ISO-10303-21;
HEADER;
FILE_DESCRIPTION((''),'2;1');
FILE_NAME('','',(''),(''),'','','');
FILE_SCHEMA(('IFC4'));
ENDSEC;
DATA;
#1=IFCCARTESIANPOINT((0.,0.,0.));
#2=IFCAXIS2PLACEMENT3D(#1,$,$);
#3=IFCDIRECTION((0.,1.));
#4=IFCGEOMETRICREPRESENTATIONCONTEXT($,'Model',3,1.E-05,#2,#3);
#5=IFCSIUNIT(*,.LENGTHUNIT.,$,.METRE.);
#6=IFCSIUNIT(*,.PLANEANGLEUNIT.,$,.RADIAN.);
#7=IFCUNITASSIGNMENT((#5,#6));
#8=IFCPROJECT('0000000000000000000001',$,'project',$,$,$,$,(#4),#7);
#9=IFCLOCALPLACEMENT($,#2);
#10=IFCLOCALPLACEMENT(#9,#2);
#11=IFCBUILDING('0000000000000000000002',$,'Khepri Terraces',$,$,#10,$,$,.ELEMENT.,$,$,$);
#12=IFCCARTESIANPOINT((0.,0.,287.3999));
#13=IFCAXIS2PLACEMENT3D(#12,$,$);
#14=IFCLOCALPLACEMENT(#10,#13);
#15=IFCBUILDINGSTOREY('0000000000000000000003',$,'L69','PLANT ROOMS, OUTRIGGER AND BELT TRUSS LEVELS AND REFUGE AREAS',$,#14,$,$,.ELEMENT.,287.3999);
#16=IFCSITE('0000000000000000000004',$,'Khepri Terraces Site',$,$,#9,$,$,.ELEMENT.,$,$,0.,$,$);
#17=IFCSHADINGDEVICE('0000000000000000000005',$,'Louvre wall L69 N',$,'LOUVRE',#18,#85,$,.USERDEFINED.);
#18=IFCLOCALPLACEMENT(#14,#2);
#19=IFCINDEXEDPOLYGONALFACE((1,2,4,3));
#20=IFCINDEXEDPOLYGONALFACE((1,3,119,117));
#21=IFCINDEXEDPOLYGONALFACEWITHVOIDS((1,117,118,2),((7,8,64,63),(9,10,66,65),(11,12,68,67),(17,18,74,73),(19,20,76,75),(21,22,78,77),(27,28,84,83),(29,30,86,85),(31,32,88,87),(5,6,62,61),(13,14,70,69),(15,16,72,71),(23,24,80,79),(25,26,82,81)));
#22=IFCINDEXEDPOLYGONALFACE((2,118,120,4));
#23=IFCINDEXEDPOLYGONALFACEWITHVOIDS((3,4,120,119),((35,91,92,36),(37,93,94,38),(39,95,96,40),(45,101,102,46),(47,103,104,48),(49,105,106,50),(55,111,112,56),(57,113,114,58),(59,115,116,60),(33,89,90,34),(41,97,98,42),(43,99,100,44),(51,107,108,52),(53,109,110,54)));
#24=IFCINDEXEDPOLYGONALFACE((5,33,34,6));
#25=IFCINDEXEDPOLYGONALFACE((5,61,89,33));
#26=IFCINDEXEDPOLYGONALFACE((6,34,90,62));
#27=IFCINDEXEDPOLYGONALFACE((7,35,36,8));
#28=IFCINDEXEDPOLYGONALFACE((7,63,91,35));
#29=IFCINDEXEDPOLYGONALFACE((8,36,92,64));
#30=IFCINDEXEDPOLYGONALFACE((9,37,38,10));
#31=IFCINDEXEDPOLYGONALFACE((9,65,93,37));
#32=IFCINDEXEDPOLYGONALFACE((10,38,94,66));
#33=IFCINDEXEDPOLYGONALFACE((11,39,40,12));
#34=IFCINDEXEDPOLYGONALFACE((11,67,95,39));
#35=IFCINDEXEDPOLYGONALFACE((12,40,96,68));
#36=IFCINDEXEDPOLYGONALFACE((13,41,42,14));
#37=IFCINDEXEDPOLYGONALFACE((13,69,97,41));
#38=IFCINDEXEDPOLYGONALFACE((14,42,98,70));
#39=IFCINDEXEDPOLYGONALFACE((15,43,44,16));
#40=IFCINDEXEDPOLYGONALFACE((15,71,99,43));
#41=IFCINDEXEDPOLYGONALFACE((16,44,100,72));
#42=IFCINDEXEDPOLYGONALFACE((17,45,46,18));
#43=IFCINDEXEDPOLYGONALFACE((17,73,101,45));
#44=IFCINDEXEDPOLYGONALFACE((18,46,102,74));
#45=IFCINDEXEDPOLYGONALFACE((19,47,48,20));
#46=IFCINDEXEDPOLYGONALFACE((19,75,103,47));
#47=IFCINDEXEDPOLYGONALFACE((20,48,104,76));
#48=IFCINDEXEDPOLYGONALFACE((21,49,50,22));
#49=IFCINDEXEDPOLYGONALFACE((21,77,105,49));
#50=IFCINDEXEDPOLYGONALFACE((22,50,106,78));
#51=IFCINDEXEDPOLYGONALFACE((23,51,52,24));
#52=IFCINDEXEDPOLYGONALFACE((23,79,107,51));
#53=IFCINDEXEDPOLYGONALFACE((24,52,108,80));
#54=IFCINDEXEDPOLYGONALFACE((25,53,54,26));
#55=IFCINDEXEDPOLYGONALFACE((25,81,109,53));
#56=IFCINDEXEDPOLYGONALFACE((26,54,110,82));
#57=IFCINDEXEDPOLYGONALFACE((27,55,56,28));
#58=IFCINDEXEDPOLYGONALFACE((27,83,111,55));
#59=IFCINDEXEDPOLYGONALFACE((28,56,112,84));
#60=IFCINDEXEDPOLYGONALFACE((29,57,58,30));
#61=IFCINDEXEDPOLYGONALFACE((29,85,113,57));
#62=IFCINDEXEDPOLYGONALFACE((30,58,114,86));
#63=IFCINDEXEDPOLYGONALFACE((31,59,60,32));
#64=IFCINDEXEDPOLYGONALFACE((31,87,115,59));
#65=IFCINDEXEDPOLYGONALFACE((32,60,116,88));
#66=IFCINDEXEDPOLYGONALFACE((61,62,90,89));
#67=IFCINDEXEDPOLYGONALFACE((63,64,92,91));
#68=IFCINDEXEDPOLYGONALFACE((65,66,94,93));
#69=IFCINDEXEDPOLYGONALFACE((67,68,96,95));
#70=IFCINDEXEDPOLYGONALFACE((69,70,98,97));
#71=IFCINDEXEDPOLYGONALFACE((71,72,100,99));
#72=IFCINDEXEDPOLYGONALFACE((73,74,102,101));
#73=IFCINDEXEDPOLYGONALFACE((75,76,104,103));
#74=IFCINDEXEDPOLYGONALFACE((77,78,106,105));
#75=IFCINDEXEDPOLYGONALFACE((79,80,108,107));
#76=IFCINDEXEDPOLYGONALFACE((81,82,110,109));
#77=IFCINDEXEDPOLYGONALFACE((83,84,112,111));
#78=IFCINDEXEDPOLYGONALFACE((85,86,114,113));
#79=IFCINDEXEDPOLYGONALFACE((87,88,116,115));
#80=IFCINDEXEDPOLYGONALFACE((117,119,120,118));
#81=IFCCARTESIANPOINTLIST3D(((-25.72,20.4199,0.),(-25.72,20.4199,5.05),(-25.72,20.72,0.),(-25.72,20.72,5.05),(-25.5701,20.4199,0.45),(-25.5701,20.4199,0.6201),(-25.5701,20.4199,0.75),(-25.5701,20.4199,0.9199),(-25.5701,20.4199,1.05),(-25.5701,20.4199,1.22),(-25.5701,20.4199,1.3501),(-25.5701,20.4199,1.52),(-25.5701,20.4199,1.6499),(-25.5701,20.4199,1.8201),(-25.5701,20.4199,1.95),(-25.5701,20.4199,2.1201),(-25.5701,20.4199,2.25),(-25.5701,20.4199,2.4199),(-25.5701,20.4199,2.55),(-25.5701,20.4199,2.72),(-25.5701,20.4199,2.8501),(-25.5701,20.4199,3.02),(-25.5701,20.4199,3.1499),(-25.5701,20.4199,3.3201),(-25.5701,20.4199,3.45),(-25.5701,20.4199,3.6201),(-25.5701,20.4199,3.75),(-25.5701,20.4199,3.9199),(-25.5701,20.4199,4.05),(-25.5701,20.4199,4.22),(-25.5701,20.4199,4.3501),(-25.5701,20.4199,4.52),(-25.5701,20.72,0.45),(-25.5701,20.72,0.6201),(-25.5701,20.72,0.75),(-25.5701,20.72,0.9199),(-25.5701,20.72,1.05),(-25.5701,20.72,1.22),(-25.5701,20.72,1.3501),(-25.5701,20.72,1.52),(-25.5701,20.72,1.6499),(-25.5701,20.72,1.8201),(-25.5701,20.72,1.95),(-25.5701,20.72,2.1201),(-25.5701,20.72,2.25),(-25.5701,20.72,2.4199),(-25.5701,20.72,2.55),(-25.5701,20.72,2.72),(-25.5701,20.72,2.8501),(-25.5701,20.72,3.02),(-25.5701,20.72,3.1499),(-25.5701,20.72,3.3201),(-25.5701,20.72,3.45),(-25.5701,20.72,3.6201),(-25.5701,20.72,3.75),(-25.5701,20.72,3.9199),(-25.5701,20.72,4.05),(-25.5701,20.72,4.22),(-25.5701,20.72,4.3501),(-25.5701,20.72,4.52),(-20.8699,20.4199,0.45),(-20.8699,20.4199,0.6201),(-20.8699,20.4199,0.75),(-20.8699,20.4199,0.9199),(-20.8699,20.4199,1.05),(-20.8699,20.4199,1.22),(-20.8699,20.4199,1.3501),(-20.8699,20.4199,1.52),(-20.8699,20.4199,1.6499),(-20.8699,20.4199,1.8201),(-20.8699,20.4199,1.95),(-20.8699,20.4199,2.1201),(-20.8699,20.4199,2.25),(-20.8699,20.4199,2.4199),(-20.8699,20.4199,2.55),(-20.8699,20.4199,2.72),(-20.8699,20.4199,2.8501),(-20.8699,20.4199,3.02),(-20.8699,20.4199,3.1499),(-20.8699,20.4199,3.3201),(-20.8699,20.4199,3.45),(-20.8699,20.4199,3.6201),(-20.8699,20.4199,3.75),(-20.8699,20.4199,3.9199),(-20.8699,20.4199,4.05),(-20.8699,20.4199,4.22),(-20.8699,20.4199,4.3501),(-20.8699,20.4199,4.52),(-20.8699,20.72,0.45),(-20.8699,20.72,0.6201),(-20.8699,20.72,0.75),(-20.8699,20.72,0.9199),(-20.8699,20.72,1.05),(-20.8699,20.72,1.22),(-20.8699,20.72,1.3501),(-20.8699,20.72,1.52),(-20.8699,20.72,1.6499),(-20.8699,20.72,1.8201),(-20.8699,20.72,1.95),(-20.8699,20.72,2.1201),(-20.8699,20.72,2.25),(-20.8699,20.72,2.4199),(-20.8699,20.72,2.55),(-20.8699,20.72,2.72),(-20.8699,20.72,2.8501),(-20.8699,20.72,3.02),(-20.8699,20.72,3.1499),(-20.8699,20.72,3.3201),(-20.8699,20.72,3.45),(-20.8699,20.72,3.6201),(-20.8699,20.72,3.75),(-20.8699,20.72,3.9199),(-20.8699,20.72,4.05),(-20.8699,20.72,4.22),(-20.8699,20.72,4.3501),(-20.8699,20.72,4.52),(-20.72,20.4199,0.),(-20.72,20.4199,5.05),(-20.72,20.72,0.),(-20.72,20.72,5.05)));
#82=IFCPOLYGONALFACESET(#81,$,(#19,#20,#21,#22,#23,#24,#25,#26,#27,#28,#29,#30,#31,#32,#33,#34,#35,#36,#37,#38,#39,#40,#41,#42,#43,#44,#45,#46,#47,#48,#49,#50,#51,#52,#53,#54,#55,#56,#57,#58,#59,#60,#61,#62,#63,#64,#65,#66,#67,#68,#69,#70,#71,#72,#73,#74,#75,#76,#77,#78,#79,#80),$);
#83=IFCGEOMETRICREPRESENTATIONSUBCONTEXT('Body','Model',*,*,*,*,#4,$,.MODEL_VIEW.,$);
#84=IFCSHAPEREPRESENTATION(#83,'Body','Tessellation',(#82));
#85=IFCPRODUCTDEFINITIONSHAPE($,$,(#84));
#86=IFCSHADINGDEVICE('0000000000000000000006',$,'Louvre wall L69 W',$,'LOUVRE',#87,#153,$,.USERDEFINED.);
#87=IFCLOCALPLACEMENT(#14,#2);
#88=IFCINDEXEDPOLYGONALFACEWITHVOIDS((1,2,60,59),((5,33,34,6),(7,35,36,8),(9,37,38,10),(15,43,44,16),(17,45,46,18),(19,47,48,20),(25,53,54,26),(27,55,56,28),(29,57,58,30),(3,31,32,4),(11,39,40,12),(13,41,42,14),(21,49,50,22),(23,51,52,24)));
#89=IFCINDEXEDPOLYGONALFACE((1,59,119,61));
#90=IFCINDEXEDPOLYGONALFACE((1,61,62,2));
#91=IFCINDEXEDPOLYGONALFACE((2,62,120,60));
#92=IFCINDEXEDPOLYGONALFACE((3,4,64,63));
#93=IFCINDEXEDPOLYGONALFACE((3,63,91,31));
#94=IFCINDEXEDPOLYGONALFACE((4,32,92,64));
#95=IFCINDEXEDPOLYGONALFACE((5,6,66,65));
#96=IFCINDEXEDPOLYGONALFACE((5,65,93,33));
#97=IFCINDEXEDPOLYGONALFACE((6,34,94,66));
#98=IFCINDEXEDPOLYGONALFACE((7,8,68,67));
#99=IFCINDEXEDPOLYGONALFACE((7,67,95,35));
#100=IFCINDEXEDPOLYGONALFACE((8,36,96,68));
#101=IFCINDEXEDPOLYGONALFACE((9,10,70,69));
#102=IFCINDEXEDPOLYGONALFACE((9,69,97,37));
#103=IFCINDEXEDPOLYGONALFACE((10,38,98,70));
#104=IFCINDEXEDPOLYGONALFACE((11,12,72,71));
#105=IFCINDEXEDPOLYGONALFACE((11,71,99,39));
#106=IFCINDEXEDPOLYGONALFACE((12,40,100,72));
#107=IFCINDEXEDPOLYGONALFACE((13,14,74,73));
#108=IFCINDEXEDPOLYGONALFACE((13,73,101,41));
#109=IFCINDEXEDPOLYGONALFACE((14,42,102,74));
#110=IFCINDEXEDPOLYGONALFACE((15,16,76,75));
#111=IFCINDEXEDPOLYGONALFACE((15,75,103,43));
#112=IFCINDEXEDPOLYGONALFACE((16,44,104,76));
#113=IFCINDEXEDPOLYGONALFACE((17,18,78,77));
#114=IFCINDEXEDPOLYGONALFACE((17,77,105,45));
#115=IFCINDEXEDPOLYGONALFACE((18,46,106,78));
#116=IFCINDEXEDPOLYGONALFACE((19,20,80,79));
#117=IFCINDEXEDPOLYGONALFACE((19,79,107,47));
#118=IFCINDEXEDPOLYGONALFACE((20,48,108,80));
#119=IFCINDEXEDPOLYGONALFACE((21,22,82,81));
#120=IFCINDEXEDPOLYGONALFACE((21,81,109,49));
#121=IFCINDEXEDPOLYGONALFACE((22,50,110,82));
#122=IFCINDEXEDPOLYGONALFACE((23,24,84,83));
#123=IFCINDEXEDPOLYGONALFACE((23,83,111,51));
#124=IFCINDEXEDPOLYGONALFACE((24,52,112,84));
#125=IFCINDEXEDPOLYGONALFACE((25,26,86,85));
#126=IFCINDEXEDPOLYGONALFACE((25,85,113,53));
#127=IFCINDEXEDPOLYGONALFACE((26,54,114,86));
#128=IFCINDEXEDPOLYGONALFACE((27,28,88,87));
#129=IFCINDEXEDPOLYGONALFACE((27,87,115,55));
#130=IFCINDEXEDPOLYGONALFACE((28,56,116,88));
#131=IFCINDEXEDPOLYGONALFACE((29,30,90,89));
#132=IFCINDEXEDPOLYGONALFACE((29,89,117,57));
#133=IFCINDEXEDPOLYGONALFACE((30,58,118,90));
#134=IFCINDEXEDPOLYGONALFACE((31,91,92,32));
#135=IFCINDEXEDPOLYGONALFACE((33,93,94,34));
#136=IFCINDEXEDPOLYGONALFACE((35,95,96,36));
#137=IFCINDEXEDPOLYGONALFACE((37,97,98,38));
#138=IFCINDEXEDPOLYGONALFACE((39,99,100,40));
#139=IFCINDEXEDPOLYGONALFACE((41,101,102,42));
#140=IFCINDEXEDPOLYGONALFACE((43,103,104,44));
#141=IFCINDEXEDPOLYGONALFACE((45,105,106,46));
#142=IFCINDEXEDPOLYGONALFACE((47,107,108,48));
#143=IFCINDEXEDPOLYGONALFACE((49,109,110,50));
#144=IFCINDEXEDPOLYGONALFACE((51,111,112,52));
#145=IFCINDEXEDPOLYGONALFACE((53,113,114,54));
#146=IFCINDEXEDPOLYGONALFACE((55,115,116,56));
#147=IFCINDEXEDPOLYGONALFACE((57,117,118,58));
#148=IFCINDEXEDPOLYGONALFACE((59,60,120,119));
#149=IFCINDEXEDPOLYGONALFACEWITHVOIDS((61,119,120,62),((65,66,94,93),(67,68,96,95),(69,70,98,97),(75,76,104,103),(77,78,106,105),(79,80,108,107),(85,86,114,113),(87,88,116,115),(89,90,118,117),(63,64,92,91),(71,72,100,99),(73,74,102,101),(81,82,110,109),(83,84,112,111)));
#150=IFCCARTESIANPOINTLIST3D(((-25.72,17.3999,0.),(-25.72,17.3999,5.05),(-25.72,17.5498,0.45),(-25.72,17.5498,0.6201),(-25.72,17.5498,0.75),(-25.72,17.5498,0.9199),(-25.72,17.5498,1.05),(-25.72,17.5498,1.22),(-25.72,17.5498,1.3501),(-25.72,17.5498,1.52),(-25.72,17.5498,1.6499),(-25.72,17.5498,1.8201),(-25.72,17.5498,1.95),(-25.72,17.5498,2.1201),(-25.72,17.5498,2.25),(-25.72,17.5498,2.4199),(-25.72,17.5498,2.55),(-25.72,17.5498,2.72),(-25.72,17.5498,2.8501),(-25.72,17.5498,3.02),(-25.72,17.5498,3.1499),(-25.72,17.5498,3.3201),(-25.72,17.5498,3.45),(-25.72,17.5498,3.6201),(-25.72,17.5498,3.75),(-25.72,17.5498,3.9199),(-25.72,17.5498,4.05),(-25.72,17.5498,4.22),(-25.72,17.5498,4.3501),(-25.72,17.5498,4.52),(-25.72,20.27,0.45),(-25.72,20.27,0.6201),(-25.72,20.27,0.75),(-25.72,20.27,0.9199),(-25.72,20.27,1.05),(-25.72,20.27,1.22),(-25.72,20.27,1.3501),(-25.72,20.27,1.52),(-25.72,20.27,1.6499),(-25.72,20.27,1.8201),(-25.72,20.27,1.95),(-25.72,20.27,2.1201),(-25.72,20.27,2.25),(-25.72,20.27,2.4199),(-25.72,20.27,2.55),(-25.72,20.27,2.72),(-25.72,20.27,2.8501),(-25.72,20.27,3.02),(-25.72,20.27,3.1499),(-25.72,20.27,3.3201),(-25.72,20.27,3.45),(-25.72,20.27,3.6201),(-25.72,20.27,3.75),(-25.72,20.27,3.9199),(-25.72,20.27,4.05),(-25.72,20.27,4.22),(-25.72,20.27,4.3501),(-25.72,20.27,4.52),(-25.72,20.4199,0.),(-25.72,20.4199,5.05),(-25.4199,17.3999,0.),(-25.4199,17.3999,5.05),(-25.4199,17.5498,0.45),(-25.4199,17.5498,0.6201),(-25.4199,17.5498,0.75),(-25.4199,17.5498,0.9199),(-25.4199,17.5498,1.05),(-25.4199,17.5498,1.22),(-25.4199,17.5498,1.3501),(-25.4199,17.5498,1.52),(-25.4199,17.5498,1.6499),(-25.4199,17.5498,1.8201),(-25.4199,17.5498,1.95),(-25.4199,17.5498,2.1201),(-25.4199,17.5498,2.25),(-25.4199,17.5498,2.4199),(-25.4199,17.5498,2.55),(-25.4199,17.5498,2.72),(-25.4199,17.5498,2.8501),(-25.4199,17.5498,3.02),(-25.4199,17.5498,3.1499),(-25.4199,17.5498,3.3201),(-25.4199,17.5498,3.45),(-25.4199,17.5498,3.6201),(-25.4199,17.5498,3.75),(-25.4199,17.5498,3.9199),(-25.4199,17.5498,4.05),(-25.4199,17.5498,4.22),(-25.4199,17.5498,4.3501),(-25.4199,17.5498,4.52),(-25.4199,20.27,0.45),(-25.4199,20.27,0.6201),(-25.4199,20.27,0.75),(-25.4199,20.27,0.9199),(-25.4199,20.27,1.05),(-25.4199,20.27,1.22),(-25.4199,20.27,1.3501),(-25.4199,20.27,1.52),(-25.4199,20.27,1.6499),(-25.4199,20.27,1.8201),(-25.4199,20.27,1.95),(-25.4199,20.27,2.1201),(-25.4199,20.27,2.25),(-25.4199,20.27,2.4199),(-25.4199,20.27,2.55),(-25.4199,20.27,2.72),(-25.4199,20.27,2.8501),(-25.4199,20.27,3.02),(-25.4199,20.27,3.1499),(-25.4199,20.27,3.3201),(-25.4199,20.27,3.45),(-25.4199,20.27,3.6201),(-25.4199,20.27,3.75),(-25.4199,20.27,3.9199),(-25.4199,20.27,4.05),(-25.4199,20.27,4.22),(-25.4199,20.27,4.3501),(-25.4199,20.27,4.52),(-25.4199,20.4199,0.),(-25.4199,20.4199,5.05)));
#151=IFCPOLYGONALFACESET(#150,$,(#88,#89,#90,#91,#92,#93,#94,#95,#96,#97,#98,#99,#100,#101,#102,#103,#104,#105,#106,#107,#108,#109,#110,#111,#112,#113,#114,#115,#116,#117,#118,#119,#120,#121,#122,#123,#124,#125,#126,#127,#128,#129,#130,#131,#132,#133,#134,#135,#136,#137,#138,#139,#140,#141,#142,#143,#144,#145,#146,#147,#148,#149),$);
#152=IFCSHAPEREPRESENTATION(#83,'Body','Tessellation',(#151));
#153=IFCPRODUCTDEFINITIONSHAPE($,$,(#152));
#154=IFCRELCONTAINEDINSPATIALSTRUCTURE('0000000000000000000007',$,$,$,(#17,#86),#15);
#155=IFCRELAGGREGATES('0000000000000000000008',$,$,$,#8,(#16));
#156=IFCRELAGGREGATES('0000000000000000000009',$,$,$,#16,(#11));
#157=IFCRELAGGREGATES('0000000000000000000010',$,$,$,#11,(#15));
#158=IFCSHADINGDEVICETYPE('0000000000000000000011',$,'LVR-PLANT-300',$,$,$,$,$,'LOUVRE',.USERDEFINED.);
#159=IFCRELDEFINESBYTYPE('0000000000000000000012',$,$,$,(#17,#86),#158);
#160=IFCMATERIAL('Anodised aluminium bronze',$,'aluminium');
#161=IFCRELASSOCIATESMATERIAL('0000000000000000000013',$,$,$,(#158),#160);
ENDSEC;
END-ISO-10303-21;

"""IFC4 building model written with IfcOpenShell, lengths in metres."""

from ifc_helpers import new_model, si_unit, direction, frame, origin, place, context, subcontext, project, spatial, polyline, outline, extrude, material, type_object, element, save


model = new_model("IFC4")

# Units and contexts
model_context = context("Model", 3, precision=1e-05, world=origin(), true_north=direction((0.0, 1.0)))
body_context = subcontext(model_context, "Body", "Model", "MODEL_VIEW")
ifc_project = project(units=[si_unit("LENGTHUNIT", "METRE"), si_unit("PLANEANGLEUNIT", "RADIAN")], contexts=[model_context])

# Site, building, storey
site_placement = place(None, origin())
site = spatial("IfcSite", under=ifc_project, at=site_placement, Name="Khepri Terraces Site", CompositionType="ELEMENT", RefElevation=0.0)
building_placement = place(site_placement, origin())
building = spatial("IfcBuilding", under=site, at=building_placement, Name="Khepri Terraces", CompositionType="ELEMENT")
storey_placement = place(building_placement, frame((0.0, 0.0, 287.3999)))
storey = spatial("IfcBuildingStorey", under=building, at=storey_placement, Name="L69", Description="PLANT ROOMS, OUTRIGGER AND BELT TRUSS LEVELS AND REFUGE AREAS", CompositionType="ELEMENT", Elevation=287.3999)

# Shading devices
ifc_material_1 = material(Name="Anodised aluminium bronze", Category="aluminium")
shading_device_type = type_object("IfcShadingDeviceType", Name="LVR-PLANT-300", ElementType="LOUVRE", PredefinedType="USERDEFINED", material=ifc_material_1)
shading_device_1_placement = place(storey_placement, frame((-20.72, 20.4199, 0.0), z_axis=(0.0, 1.0, 0.0), x_axis=(-1.0, 0.0, 0.0)))
element("IfcShadingDevice", 1, at=shading_device_1_placement, inside=storey, type_object=shading_device_type, Name="Louvre wall L69 N", ObjectType="LOUVRE", PredefinedType="USERDEFINED", context=body_context, shape_type="SweptSolid", body=[
    extrude(outline(polyline([(0.0, 0.0), (5.0, 0.0), (5.0, 5.05), (0.0, 5.05), (0.0, 0.0)]), holes=[polyline([(0.1499, 0.45), (4.8501, 0.45), (4.8501, 0.6201), (0.1499, 0.6201), (0.1499, 0.45)]), polyline([(0.1499, 0.75), (4.8501, 0.75), (4.8501, 0.9199), (0.1499, 0.9199), (0.1499, 0.75)]), polyline([(0.1499, 1.05), (4.8501, 1.05), (4.8501, 1.22), (0.1499, 1.22), (0.1499, 1.05)]), polyline([(0.1499, 1.3501), (4.8501, 1.3501), (4.8501, 1.52), (0.1499, 1.52), (0.1499, 1.3501)]), polyline([(0.1499, 1.6499), (4.8501, 1.6499), (4.8501, 1.8201), (0.1499, 1.8201), (0.1499, 1.6499)]), polyline([(0.1499, 1.95), (4.8501, 1.95), (4.8501, 2.1201), (0.1499, 2.1201), (0.1499, 1.95)]), polyline([(0.1499, 2.25), (4.8501, 2.25), (4.8501, 2.4199), (0.1499, 2.4199), (0.1499, 2.25)]), polyline([(0.1499, 2.55), (4.8501, 2.55), (4.8501, 2.72), (0.1499, 2.72), (0.1499, 2.55)]), polyline([(0.1499, 2.8501), (4.8501, 2.8501), (4.8501, 3.02), (0.1499, 3.02), (0.1499, 2.8501)]), polyline([(0.1499, 3.1499), (4.8501, 3.1499), (4.8501, 3.3201), (0.1499, 3.3201), (0.1499, 3.1499)]), polyline([(0.1499, 3.45), (4.8501, 3.45), (4.8501, 3.6201), (0.1499, 3.6201), (0.1499, 3.45)]), polyline([(0.1499, 3.75), (4.8501, 3.75), (4.8501, 3.9199), (0.1499, 3.9199), (0.1499, 3.75)]), polyline([(0.1499, 4.05), (4.8501, 4.05), (4.8501, 4.22), (0.1499, 4.22), (0.1499, 4.05)]), polyline([(0.1499, 4.3501), (4.8501, 4.3501), (4.8501, 4.52), (0.1499, 4.52), (0.1499, 4.3501)])]), origin(), (0.0, 0.0, 1.0), 0.3),
])
shading_device_2_placement = place(storey_placement, frame((-25.4199, 20.4199, 0.0), z_axis=(-1.0, 0.0, 0.0), x_axis=(0.0, -1.0, 0.0)))
element("IfcShadingDevice", 2, at=shading_device_2_placement, inside=storey, type_object=shading_device_type, Name="Louvre wall L69 W", ObjectType="LOUVRE", PredefinedType="USERDEFINED", context=body_context, shape_type="SweptSolid", body=[
    extrude(outline(polyline([(0.0, 0.0), (3.02, 0.0), (3.02, 5.05), (0.0, 5.05), (0.0, 0.0)]), holes=[polyline([(0.1499, 0.45), (2.8701, 0.45), (2.8701, 0.6201), (0.1499, 0.6201), (0.1499, 0.45)]), polyline([(0.1499, 0.75), (2.8701, 0.75), (2.8701, 0.9199), (0.1499, 0.9199), (0.1499, 0.75)]), polyline([(0.1499, 1.05), (2.8701, 1.05), (2.8701, 1.22), (0.1499, 1.22), (0.1499, 1.05)]), polyline([(0.1499, 1.3501), (2.8701, 1.3501), (2.8701, 1.52), (0.1499, 1.52), (0.1499, 1.3501)]), polyline([(0.1499, 1.6499), (2.8701, 1.6499), (2.8701, 1.8201), (0.1499, 1.8201), (0.1499, 1.6499)]), polyline([(0.1499, 1.95), (2.8701, 1.95), (2.8701, 2.1201), (0.1499, 2.1201), (0.1499, 1.95)]), polyline([(0.1499, 2.25), (2.8701, 2.25), (2.8701, 2.4199), (0.1499, 2.4199), (0.1499, 2.25)]), polyline([(0.1499, 2.55), (2.8701, 2.55), (2.8701, 2.72), (0.1499, 2.72), (0.1499, 2.55)]), polyline([(0.1499, 2.8501), (2.8701, 2.8501), (2.8701, 3.02), (0.1499, 3.02), (0.1499, 2.8501)]), polyline([(0.1499, 3.1499), (2.8701, 3.1499), (2.8701, 3.3201), (0.1499, 3.3201), (0.1499, 3.1499)]), polyline([(0.1499, 3.45), (2.8701, 3.45), (2.8701, 3.6201), (0.1499, 3.6201), (0.1499, 3.45)]), polyline([(0.1499, 3.75), (2.8701, 3.75), (2.8701, 3.9199), (0.1499, 3.9199), (0.1499, 3.75)]), polyline([(0.1499, 4.05), (2.8701, 4.05), (2.8701, 4.22), (0.1499, 4.22), (0.1499, 4.05)]), polyline([(0.1499, 4.3501), (2.8701, 4.3501), (2.8701, 4.52), (0.1499, 4.52), (0.1499, 4.3501)])]), origin(), (0.0, 0.0, 1.0), 0.3),
])

save(model, "model.ifc")
